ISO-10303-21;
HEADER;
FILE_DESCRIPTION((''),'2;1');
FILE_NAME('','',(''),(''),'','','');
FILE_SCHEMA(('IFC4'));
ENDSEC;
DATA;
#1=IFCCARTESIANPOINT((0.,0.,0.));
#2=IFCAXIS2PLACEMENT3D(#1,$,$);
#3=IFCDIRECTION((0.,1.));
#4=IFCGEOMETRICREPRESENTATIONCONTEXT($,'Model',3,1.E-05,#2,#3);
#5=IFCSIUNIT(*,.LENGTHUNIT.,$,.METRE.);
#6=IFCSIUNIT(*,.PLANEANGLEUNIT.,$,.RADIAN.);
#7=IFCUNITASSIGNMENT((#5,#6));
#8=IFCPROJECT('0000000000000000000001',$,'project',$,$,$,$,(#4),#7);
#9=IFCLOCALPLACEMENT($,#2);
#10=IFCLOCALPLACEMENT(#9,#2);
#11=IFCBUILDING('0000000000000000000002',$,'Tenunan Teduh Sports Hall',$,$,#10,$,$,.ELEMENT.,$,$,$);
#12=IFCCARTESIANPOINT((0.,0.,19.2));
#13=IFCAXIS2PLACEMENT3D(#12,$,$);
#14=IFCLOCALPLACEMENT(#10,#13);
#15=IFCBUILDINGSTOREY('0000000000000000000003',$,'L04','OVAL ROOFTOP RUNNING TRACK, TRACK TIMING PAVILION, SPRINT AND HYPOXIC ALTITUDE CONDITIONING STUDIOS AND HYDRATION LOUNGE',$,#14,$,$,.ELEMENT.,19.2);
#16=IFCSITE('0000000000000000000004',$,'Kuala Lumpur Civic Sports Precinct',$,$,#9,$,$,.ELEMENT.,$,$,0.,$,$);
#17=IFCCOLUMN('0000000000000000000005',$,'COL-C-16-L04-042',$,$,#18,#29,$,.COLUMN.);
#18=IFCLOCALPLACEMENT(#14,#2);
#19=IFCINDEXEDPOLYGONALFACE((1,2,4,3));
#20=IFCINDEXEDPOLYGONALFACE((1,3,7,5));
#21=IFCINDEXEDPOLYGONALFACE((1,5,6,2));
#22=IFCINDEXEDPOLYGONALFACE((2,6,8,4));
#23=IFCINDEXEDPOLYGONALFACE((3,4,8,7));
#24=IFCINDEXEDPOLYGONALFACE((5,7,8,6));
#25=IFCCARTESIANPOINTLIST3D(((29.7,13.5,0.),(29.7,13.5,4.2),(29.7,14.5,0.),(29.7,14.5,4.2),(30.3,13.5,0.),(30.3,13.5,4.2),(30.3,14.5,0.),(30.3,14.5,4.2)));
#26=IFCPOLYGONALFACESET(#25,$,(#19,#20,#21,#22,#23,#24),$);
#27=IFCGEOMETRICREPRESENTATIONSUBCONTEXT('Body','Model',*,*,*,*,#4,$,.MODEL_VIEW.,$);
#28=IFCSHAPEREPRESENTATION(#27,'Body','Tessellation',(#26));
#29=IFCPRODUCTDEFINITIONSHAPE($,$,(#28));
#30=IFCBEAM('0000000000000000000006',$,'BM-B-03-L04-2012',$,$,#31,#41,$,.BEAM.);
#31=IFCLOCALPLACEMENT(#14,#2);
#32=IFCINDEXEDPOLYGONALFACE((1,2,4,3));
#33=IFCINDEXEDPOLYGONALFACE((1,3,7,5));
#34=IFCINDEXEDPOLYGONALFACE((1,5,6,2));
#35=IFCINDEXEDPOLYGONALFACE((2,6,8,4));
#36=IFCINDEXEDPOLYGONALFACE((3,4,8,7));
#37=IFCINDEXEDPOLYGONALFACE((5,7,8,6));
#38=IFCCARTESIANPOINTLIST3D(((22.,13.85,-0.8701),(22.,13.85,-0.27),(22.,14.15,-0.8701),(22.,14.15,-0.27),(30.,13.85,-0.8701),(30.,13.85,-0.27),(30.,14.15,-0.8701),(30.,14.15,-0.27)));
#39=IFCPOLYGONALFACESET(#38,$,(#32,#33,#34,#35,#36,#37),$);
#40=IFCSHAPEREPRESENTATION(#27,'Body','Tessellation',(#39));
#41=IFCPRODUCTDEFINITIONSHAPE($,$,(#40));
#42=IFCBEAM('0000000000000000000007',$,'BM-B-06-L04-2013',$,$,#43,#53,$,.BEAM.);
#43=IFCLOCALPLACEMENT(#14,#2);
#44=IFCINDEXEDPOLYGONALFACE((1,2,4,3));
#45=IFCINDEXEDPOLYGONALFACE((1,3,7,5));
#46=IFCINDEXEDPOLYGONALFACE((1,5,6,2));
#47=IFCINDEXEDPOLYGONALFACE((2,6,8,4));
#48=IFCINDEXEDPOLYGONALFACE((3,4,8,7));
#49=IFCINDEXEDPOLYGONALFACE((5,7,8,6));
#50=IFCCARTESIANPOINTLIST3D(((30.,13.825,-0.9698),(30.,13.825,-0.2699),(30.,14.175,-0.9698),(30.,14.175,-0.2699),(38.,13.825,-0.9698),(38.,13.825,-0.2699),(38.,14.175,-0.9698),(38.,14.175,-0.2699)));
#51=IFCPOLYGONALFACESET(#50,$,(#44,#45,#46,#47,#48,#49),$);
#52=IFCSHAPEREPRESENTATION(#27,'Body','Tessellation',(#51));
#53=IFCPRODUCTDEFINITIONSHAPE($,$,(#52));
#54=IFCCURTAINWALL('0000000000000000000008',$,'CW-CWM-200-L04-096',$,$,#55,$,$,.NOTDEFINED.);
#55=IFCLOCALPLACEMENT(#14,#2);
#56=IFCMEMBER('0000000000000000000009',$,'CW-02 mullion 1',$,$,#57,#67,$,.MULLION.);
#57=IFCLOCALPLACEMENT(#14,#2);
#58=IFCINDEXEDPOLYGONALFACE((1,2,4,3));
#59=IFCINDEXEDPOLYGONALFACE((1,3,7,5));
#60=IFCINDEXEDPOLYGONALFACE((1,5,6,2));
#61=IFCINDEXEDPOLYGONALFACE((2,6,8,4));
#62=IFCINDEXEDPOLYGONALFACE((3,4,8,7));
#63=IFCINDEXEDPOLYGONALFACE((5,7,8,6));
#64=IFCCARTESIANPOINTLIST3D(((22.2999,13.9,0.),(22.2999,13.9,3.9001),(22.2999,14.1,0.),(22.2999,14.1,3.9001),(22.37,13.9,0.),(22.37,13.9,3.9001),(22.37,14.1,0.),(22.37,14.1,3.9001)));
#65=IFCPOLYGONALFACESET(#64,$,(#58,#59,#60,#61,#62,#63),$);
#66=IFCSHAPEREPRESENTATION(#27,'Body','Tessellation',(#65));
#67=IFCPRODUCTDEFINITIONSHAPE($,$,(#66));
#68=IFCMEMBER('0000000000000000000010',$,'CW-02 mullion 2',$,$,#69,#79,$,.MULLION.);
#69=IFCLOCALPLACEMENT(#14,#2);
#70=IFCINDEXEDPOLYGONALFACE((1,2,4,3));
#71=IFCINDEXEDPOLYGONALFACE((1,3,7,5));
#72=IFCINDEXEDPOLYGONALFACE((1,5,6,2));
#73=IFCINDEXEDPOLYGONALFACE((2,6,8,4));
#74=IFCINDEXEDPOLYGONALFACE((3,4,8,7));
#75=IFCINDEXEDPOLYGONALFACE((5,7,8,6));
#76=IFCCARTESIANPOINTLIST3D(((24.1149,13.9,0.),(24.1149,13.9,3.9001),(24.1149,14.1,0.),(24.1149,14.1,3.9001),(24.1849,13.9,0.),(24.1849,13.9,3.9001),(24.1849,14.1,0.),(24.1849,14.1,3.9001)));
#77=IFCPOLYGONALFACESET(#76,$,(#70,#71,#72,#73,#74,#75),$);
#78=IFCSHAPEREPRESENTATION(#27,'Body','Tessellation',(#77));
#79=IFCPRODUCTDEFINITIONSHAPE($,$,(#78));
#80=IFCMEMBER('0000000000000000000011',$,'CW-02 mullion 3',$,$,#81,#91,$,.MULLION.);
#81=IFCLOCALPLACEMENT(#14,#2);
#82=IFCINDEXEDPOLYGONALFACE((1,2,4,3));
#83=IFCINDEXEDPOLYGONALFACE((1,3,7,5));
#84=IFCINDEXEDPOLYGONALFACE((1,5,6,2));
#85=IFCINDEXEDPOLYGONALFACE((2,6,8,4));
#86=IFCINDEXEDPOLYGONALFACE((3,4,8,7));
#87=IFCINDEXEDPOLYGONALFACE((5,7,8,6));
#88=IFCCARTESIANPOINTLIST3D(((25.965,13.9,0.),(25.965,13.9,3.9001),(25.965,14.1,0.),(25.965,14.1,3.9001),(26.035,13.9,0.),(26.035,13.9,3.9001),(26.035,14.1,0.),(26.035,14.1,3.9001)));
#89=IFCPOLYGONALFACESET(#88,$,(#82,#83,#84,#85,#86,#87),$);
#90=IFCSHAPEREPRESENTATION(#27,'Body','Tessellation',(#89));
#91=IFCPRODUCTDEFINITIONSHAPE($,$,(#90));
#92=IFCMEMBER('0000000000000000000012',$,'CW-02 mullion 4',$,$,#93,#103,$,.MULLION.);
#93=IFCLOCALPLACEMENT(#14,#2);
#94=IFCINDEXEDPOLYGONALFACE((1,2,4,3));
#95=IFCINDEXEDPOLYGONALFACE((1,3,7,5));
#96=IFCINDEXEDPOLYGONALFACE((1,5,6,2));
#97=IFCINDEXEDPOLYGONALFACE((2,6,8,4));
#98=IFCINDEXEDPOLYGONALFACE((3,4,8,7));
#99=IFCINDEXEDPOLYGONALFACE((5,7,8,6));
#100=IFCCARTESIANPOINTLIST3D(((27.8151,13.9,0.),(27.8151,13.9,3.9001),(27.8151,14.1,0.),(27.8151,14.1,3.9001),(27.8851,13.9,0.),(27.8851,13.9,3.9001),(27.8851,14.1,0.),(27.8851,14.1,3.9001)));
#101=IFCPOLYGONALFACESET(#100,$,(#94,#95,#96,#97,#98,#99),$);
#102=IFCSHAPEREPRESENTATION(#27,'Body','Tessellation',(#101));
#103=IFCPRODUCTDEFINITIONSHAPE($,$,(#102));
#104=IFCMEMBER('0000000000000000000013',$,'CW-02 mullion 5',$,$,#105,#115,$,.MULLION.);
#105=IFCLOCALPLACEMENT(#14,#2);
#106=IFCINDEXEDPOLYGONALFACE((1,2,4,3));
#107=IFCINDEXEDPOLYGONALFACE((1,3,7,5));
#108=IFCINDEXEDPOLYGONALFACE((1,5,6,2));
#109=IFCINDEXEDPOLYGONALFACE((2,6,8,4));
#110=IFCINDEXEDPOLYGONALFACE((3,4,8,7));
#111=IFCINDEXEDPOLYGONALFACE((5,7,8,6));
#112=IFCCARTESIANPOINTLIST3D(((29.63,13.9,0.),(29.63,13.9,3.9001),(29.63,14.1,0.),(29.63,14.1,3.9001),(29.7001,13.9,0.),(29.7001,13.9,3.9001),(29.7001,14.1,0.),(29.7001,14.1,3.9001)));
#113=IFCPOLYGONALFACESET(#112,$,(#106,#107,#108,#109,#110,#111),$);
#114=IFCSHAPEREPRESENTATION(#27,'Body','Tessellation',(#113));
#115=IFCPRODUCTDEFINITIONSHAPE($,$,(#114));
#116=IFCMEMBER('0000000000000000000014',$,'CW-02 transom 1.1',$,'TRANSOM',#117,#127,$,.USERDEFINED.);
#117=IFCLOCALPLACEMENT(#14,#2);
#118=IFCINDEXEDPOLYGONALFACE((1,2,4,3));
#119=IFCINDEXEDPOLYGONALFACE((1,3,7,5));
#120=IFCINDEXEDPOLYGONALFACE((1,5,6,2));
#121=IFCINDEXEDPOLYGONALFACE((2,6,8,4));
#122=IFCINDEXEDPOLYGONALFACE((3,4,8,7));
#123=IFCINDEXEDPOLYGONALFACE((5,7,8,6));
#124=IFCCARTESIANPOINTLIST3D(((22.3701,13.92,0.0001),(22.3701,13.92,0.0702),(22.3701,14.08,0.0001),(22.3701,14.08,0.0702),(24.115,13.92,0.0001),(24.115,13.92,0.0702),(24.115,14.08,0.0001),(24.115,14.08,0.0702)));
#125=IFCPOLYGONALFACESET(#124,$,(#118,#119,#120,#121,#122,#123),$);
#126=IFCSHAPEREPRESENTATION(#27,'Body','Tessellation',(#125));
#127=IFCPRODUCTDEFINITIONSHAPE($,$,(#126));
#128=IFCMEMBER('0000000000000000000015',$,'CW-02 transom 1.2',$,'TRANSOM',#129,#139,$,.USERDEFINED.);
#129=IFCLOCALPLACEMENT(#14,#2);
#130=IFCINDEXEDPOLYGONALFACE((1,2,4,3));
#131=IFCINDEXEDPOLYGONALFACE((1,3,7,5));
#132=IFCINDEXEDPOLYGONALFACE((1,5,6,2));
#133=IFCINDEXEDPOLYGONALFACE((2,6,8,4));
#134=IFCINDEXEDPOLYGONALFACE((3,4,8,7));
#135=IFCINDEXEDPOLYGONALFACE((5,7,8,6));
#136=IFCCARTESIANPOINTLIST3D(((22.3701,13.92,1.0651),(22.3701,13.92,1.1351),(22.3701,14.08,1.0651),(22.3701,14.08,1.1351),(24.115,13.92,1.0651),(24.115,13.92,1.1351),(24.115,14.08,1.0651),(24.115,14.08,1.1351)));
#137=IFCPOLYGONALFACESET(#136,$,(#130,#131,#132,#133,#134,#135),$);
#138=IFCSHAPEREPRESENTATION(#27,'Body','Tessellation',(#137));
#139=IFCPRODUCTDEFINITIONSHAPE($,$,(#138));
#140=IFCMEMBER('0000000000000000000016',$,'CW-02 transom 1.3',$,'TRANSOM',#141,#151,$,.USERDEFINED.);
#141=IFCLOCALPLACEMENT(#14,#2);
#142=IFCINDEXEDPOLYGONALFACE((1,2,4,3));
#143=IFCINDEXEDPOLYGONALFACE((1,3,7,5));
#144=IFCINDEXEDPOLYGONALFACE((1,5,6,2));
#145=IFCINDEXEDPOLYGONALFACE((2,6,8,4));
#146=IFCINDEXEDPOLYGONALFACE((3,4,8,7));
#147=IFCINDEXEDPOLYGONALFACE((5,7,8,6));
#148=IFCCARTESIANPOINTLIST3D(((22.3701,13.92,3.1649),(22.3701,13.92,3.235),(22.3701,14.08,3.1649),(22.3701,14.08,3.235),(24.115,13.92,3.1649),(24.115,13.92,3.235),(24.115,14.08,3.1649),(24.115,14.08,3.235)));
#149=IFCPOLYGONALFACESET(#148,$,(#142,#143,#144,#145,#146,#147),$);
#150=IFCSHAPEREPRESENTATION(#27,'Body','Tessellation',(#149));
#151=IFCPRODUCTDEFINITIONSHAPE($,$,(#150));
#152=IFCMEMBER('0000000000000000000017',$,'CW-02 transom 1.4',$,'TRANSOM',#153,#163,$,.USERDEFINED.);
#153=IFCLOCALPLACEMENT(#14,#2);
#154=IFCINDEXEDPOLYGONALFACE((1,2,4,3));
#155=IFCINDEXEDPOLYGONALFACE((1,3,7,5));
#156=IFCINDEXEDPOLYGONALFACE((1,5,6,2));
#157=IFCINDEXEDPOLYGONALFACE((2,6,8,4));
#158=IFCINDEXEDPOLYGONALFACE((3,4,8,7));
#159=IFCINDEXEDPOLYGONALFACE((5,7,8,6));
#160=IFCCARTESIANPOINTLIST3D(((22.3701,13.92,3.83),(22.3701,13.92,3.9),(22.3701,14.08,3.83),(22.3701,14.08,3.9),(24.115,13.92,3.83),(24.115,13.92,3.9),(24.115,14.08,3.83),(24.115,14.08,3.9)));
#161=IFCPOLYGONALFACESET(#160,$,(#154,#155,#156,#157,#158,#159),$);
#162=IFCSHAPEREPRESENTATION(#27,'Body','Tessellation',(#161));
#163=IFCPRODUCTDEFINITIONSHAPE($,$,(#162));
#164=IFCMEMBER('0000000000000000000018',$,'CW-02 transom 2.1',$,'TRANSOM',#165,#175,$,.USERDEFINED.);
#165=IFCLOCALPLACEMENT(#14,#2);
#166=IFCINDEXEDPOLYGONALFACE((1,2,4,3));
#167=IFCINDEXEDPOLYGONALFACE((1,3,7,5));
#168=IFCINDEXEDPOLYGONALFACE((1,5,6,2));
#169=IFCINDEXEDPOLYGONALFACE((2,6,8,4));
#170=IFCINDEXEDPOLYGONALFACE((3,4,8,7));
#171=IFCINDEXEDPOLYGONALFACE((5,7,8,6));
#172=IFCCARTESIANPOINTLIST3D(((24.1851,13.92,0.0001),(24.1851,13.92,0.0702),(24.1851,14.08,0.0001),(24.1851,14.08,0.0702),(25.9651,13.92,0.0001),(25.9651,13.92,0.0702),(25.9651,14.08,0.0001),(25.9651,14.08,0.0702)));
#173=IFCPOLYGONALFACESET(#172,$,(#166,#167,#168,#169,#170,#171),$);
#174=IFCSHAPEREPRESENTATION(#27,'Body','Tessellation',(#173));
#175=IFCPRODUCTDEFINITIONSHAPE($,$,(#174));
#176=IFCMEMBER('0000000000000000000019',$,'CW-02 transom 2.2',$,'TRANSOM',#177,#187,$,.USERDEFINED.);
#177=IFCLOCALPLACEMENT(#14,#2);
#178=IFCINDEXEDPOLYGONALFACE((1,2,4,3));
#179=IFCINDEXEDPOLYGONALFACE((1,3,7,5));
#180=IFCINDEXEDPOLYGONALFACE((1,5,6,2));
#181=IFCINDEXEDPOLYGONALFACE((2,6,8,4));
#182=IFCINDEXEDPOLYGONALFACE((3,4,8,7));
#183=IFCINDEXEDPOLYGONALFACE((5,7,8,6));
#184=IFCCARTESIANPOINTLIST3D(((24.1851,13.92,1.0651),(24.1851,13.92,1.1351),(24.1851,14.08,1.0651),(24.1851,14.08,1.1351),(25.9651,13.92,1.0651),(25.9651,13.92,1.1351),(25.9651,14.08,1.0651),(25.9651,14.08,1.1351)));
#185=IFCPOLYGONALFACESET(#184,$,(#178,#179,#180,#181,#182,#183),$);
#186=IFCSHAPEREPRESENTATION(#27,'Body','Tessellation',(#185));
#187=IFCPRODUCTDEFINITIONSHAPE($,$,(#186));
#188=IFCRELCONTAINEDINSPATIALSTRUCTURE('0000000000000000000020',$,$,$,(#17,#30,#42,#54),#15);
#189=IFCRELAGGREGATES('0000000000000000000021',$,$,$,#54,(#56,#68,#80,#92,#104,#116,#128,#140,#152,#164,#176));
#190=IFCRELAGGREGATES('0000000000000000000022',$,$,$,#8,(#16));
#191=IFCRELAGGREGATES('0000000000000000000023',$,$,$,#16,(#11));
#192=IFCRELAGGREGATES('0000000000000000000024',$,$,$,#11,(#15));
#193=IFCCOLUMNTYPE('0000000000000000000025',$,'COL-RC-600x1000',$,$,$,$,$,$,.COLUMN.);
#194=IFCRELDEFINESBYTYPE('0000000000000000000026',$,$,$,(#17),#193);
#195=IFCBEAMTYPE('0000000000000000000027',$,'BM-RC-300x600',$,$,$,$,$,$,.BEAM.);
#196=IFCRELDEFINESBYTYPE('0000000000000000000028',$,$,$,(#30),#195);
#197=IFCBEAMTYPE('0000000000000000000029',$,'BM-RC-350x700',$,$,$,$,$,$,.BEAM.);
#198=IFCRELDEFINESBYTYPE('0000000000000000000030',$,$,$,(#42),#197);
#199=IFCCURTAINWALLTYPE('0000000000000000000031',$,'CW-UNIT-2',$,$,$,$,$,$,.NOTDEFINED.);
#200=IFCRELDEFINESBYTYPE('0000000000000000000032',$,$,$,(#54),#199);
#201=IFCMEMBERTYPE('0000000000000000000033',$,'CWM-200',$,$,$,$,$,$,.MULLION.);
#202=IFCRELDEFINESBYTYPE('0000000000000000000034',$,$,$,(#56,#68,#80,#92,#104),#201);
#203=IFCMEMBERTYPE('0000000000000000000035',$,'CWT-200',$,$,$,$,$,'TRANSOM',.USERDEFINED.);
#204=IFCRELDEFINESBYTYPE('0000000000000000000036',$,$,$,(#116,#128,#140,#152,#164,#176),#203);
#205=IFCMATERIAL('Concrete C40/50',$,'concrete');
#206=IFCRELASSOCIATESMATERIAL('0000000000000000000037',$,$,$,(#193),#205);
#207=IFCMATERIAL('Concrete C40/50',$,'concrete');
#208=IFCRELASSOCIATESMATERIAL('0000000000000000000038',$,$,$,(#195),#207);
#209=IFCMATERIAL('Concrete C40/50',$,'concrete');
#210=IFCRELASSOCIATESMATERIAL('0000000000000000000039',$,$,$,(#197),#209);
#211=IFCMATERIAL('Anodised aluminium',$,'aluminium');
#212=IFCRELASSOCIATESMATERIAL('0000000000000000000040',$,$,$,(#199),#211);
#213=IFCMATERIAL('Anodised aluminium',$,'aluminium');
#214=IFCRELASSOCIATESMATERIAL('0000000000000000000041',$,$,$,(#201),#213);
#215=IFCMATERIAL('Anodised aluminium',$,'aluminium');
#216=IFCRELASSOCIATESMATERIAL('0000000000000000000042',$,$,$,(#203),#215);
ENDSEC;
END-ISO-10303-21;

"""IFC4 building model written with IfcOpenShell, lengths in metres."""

from ifc_helpers import new_model, si_unit, direction, frame, origin, origin_2d, place, context, subcontext, project, spatial, rectangle, extrude, material, material_profile, profile_set, type_object, element, aggregate, save


model = new_model("IFC4")

# Units and contexts
model_context = context("Model", 3, precision=1e-05, world=origin(), true_north=direction((0.0, 1.0)))
body_context = subcontext(model_context, "Body", "Model", "MODEL_VIEW")
ifc_project = project(units=[si_unit("LENGTHUNIT", "METRE"), si_unit("PLANEANGLEUNIT", "RADIAN")], contexts=[model_context])

# Site, building, storey
site_placement = place(None, origin())
site = spatial("IfcSite", under=ifc_project, at=site_placement, Name="Kuala Lumpur Civic Sports Precinct", CompositionType="ELEMENT", RefElevation=0.0)
building_placement = place(site_placement, origin())
building = spatial("IfcBuilding", under=site, at=building_placement, Name="Tenunan Teduh Sports Hall", CompositionType="ELEMENT")
storey_placement = place(building_placement, frame((0.0, 0.0, 19.2)))
storey = spatial("IfcBuildingStorey", under=building, at=storey_placement, Name="L04", Description="OVAL ROOFTOP RUNNING TRACK, TRACK TIMING PAVILION, SPRINT AND HYPOXIC ALTITUDE CONDITIONING STUDIOS AND HYDRATION LOUNGE", CompositionType="ELEMENT", Elevation=19.2)

# Column
ifc_material_1 = material(Name="Concrete C40/50", Category="concrete")
ifc_material_profile_1 = material_profile(ifc_material_1, rectangle(XDim=0.6001, YDim=1.0, at=origin_2d()), Name="RC 600x1000")
ifc_profile_set_1 = profile_set([ifc_material_profile_1], Name="Concrete C40/50")
column_type = type_object("IfcColumnType", Name="COL-RC-600x1000", PredefinedType="COLUMN", material=ifc_profile_set_1)
column_placement = place(storey_placement, frame((30.0, 14.0, 0.0), z_axis=(0.0, 0.0, 1.0), x_axis=(1.0, 0.0, 0.0)))
element("IfcColumn", 1, at=column_placement, inside=storey, type_object=column_type, Name="COL-C-16-L04-042", PredefinedType="COLUMN", context=body_context, shape_type="SweptSolid", body=[
    extrude(rectangle(XDim=0.6001, YDim=1.0, at=origin_2d()), origin(), (0.0, 0.0, 1.0), 4.2),
])

# Beams
ifc_material_2 = material(Name="Concrete C40/50", Category="concrete")
ifc_material_profile_2 = material_profile(ifc_material_2, rectangle(XDim=0.3, YDim=0.6001, at=origin_2d()), Name="RCB 300x600")
ifc_profile_set_2 = profile_set([ifc_material_profile_2], Name="Concrete C40/50")
beam_type_1 = type_object("IfcBeamType", Name="BM-RC-300x600", PredefinedType="BEAM", material=ifc_profile_set_2)
beam_1_placement = place(storey_placement, frame((22.0, 14.0, -0.5701), z_axis=(1.0, 0.0, 0.0), x_axis=(0.0, 1.0, 0.0)))
element("IfcBeam", 2, at=beam_1_placement, inside=storey, type_object=beam_type_1, Name="BM-B-03-L04-2012", PredefinedType="BEAM", context=body_context, shape_type="SweptSolid", body=[
    extrude(rectangle(XDim=0.3, YDim=0.6001, at=origin_2d()), origin(), (0.0, 0.0, 1.0), 8.0),
])
ifc_material_3 = material(Name="Concrete C40/50", Category="concrete")
ifc_material_profile_3 = material_profile(ifc_material_3, rectangle(XDim=0.3501, YDim=0.7, at=origin_2d()), Name="RCB 350x700")
ifc_profile_set_3 = profile_set([ifc_material_profile_3], Name="Concrete C40/50")
beam_type_2 = type_object("IfcBeamType", Name="BM-RC-350x700", PredefinedType="BEAM", material=ifc_profile_set_3)
beam_2_placement = place(storey_placement, frame((30.0, 14.0, -0.6199), z_axis=(1.0, 0.0, 0.0), x_axis=(0.0, 1.0, 0.0)))
element("IfcBeam", 3, at=beam_2_placement, inside=storey, type_object=beam_type_2, Name="BM-B-06-L04-2013", PredefinedType="BEAM", context=body_context, shape_type="SweptSolid", body=[
    extrude(rectangle(XDim=0.3501, YDim=0.7, at=origin_2d()), origin(), (0.0, 0.0, 1.0), 8.0),
])

# Curtain wall, members
ifc_material_4 = material(Name="Anodised aluminium", Category="aluminium")
curtain_wall_type = type_object("IfcCurtainWallType", Name="CW-UNIT-2", PredefinedType="NOTDEFINED", material=ifc_material_4)
curtain_wall_placement = place(storey_placement, origin())
curtain_wall = element("IfcCurtainWall", 4, at=curtain_wall_placement, inside=storey, type_object=curtain_wall_type, Name="CW-CWM-200-L04-096", PredefinedType="NOTDEFINED")
ifc_material_5 = material(Name="Anodised aluminium", Category="aluminium")
ifc_material_profile_4 = material_profile(ifc_material_5, rectangle(XDim=0.0701, YDim=0.2, at=origin_2d()), Name="CWM 70x200")
ifc_profile_set_4 = profile_set([ifc_material_profile_4], Name="Anodised aluminium")
member_type_1 = type_object("IfcMemberType", Name="CWM-200", PredefinedType="MULLION", material=ifc_profile_set_4)
member_1_placement = place(storey_placement, frame((22.335, 14.0, 0.0), z_axis=(0.0, 0.0, 1.0), x_axis=(1.0, 0.0, 0.0)))
member_1 = element("IfcMember", 5, at=member_1_placement, type_object=member_type_1, Name="CW-02 mullion 1", PredefinedType="MULLION", context=body_context, shape_type="SweptSolid", body=[
    extrude(rectangle(XDim=0.0701, YDim=0.2, at=origin_2d()), origin(), (0.0, 0.0, 1.0), 3.9001),
])
member_2_placement = place(storey_placement, frame((24.1499, 14.0, 0.0), z_axis=(0.0, 0.0, 1.0), x_axis=(1.0, 0.0, 0.0)))
member_2 = element("IfcMember", 6, at=member_2_placement, type_object=member_type_1, Name="CW-02 mullion 2", PredefinedType="MULLION", context=body_context, shape_type="SweptSolid", body=[
    extrude(rectangle(XDim=0.0701, YDim=0.2, at=origin_2d()), origin(), (0.0, 0.0, 1.0), 3.9001),
])
member_3_placement = place(storey_placement, frame((26.0, 14.0, 0.0), z_axis=(0.0, 0.0, 1.0), x_axis=(1.0, 0.0, 0.0)))
member_3 = element("IfcMember", 7, at=member_3_placement, type_object=member_type_1, Name="CW-02 mullion 3", PredefinedType="MULLION", context=body_context, shape_type="SweptSolid", body=[
    extrude(rectangle(XDim=0.0701, YDim=0.2, at=origin_2d()), origin(), (0.0, 0.0, 1.0), 3.9001),
])
member_4_placement = place(storey_placement, frame((27.8501, 14.0, 0.0), z_axis=(0.0, 0.0, 1.0), x_axis=(1.0, 0.0, 0.0)))
member_4 = element("IfcMember", 8, at=member_4_placement, type_object=member_type_1, Name="CW-02 mullion 4", PredefinedType="MULLION", context=body_context, shape_type="SweptSolid", body=[
    extrude(rectangle(XDim=0.0701, YDim=0.2, at=origin_2d()), origin(), (0.0, 0.0, 1.0), 3.9001),
])
member_5_placement = place(storey_placement, frame((29.665, 14.0, 0.0), z_axis=(0.0, 0.0, 1.0), x_axis=(1.0, 0.0, 0.0)))
member_5 = element("IfcMember", 9, at=member_5_placement, type_object=member_type_1, Name="CW-02 mullion 5", PredefinedType="MULLION", context=body_context, shape_type="SweptSolid", body=[
    extrude(rectangle(XDim=0.0701, YDim=0.2, at=origin_2d()), origin(), (0.0, 0.0, 1.0), 3.9001),
])
ifc_material_6 = material(Name="Anodised aluminium", Category="aluminium")
ifc_material_profile_5 = material_profile(ifc_material_6, rectangle(XDim=0.0701, YDim=0.1599, at=origin_2d()), Name="CWT 70x160")
ifc_profile_set_5 = profile_set([ifc_material_profile_5], Name="Anodised aluminium")
member_type_2 = type_object("IfcMemberType", Name="CWT-200", ElementType="TRANSOM", PredefinedType="USERDEFINED", material=ifc_profile_set_5)
member_6_placement = place(storey_placement, frame((22.3701, 14.0, 0.0352), z_axis=(1.0, 0.0, 0.0), x_axis=(0.0, 0.0, 1.0)))
member_6 = element("IfcMember", 10, at=member_6_placement, type_object=member_type_2, Name="CW-02 transom 1.1", ObjectType="TRANSOM", PredefinedType="USERDEFINED", context=body_context, shape_type="SweptSolid", body=[
    extrude(rectangle(XDim=0.0701, YDim=0.1599, at=origin_2d()), origin(), (0.0, 0.0, 1.0), 1.7449),
])
member_7_placement = place(storey_placement, frame((22.3701, 14.0, 1.1001), z_axis=(1.0, 0.0, 0.0), x_axis=(0.0, 0.0, 1.0)))
member_7 = element("IfcMember", 11, at=member_7_placement, type_object=member_type_2, Name="CW-02 transom 1.2", ObjectType="TRANSOM", PredefinedType="USERDEFINED", context=body_context, shape_type="SweptSolid", body=[
    extrude(rectangle(XDim=0.0701, YDim=0.1599, at=origin_2d()), origin(), (0.0, 0.0, 1.0), 1.7449),
])
member_8_placement = place(storey_placement, frame((22.3701, 14.0, 3.2), z_axis=(1.0, 0.0, 0.0), x_axis=(0.0, 0.0, 1.0)))
member_8 = element("IfcMember", 12, at=member_8_placement, type_object=member_type_2, Name="CW-02 transom 1.3", ObjectType="TRANSOM", PredefinedType="USERDEFINED", context=body_context, shape_type="SweptSolid", body=[
    extrude(rectangle(XDim=0.0701, YDim=0.1599, at=origin_2d()), origin(), (0.0, 0.0, 1.0), 1.7449),
])
member_9_placement = place(storey_placement, frame((22.3701, 14.0, 3.865), z_axis=(1.0, 0.0, 0.0), x_axis=(0.0, 0.0, 1.0)))
member_9 = element("IfcMember", 13, at=member_9_placement, type_object=member_type_2, Name="CW-02 transom 1.4", ObjectType="TRANSOM", PredefinedType="USERDEFINED", context=body_context, shape_type="SweptSolid", body=[
    extrude(rectangle(XDim=0.0701, YDim=0.1599, at=origin_2d()), origin(), (0.0, 0.0, 1.0), 1.7449),
])
member_10_placement = place(storey_placement, frame((24.1851, 14.0, 0.0352), z_axis=(1.0, 0.0, 0.0), x_axis=(0.0, 0.0, 1.0)))
member_10 = element("IfcMember", 14, at=member_10_placement, type_object=member_type_2, Name="CW-02 transom 2.1", ObjectType="TRANSOM", PredefinedType="USERDEFINED", context=body_context, shape_type="SweptSolid", body=[
    extrude(rectangle(XDim=0.0701, YDim=0.1599, at=origin_2d()), origin(), (0.0, 0.0, 1.0), 1.78),
])
member_11_placement = place(storey_placement, frame((24.1851, 14.0, 1.1001), z_axis=(1.0, 0.0, 0.0), x_axis=(0.0, 0.0, 1.0)))
member_11 = element("IfcMember", 15, at=member_11_placement, type_object=member_type_2, Name="CW-02 transom 2.2", ObjectType="TRANSOM", PredefinedType="USERDEFINED", context=body_context, shape_type="SweptSolid", body=[
    extrude(rectangle(XDim=0.0701, YDim=0.1599, at=origin_2d()), origin(), (0.0, 0.0, 1.0), 1.78),
])

aggregate(curtain_wall, [member_1, member_2, member_3, member_4, member_5, member_6, member_7, member_8, member_9, member_10, member_11])

save(model, "model.ifc")
